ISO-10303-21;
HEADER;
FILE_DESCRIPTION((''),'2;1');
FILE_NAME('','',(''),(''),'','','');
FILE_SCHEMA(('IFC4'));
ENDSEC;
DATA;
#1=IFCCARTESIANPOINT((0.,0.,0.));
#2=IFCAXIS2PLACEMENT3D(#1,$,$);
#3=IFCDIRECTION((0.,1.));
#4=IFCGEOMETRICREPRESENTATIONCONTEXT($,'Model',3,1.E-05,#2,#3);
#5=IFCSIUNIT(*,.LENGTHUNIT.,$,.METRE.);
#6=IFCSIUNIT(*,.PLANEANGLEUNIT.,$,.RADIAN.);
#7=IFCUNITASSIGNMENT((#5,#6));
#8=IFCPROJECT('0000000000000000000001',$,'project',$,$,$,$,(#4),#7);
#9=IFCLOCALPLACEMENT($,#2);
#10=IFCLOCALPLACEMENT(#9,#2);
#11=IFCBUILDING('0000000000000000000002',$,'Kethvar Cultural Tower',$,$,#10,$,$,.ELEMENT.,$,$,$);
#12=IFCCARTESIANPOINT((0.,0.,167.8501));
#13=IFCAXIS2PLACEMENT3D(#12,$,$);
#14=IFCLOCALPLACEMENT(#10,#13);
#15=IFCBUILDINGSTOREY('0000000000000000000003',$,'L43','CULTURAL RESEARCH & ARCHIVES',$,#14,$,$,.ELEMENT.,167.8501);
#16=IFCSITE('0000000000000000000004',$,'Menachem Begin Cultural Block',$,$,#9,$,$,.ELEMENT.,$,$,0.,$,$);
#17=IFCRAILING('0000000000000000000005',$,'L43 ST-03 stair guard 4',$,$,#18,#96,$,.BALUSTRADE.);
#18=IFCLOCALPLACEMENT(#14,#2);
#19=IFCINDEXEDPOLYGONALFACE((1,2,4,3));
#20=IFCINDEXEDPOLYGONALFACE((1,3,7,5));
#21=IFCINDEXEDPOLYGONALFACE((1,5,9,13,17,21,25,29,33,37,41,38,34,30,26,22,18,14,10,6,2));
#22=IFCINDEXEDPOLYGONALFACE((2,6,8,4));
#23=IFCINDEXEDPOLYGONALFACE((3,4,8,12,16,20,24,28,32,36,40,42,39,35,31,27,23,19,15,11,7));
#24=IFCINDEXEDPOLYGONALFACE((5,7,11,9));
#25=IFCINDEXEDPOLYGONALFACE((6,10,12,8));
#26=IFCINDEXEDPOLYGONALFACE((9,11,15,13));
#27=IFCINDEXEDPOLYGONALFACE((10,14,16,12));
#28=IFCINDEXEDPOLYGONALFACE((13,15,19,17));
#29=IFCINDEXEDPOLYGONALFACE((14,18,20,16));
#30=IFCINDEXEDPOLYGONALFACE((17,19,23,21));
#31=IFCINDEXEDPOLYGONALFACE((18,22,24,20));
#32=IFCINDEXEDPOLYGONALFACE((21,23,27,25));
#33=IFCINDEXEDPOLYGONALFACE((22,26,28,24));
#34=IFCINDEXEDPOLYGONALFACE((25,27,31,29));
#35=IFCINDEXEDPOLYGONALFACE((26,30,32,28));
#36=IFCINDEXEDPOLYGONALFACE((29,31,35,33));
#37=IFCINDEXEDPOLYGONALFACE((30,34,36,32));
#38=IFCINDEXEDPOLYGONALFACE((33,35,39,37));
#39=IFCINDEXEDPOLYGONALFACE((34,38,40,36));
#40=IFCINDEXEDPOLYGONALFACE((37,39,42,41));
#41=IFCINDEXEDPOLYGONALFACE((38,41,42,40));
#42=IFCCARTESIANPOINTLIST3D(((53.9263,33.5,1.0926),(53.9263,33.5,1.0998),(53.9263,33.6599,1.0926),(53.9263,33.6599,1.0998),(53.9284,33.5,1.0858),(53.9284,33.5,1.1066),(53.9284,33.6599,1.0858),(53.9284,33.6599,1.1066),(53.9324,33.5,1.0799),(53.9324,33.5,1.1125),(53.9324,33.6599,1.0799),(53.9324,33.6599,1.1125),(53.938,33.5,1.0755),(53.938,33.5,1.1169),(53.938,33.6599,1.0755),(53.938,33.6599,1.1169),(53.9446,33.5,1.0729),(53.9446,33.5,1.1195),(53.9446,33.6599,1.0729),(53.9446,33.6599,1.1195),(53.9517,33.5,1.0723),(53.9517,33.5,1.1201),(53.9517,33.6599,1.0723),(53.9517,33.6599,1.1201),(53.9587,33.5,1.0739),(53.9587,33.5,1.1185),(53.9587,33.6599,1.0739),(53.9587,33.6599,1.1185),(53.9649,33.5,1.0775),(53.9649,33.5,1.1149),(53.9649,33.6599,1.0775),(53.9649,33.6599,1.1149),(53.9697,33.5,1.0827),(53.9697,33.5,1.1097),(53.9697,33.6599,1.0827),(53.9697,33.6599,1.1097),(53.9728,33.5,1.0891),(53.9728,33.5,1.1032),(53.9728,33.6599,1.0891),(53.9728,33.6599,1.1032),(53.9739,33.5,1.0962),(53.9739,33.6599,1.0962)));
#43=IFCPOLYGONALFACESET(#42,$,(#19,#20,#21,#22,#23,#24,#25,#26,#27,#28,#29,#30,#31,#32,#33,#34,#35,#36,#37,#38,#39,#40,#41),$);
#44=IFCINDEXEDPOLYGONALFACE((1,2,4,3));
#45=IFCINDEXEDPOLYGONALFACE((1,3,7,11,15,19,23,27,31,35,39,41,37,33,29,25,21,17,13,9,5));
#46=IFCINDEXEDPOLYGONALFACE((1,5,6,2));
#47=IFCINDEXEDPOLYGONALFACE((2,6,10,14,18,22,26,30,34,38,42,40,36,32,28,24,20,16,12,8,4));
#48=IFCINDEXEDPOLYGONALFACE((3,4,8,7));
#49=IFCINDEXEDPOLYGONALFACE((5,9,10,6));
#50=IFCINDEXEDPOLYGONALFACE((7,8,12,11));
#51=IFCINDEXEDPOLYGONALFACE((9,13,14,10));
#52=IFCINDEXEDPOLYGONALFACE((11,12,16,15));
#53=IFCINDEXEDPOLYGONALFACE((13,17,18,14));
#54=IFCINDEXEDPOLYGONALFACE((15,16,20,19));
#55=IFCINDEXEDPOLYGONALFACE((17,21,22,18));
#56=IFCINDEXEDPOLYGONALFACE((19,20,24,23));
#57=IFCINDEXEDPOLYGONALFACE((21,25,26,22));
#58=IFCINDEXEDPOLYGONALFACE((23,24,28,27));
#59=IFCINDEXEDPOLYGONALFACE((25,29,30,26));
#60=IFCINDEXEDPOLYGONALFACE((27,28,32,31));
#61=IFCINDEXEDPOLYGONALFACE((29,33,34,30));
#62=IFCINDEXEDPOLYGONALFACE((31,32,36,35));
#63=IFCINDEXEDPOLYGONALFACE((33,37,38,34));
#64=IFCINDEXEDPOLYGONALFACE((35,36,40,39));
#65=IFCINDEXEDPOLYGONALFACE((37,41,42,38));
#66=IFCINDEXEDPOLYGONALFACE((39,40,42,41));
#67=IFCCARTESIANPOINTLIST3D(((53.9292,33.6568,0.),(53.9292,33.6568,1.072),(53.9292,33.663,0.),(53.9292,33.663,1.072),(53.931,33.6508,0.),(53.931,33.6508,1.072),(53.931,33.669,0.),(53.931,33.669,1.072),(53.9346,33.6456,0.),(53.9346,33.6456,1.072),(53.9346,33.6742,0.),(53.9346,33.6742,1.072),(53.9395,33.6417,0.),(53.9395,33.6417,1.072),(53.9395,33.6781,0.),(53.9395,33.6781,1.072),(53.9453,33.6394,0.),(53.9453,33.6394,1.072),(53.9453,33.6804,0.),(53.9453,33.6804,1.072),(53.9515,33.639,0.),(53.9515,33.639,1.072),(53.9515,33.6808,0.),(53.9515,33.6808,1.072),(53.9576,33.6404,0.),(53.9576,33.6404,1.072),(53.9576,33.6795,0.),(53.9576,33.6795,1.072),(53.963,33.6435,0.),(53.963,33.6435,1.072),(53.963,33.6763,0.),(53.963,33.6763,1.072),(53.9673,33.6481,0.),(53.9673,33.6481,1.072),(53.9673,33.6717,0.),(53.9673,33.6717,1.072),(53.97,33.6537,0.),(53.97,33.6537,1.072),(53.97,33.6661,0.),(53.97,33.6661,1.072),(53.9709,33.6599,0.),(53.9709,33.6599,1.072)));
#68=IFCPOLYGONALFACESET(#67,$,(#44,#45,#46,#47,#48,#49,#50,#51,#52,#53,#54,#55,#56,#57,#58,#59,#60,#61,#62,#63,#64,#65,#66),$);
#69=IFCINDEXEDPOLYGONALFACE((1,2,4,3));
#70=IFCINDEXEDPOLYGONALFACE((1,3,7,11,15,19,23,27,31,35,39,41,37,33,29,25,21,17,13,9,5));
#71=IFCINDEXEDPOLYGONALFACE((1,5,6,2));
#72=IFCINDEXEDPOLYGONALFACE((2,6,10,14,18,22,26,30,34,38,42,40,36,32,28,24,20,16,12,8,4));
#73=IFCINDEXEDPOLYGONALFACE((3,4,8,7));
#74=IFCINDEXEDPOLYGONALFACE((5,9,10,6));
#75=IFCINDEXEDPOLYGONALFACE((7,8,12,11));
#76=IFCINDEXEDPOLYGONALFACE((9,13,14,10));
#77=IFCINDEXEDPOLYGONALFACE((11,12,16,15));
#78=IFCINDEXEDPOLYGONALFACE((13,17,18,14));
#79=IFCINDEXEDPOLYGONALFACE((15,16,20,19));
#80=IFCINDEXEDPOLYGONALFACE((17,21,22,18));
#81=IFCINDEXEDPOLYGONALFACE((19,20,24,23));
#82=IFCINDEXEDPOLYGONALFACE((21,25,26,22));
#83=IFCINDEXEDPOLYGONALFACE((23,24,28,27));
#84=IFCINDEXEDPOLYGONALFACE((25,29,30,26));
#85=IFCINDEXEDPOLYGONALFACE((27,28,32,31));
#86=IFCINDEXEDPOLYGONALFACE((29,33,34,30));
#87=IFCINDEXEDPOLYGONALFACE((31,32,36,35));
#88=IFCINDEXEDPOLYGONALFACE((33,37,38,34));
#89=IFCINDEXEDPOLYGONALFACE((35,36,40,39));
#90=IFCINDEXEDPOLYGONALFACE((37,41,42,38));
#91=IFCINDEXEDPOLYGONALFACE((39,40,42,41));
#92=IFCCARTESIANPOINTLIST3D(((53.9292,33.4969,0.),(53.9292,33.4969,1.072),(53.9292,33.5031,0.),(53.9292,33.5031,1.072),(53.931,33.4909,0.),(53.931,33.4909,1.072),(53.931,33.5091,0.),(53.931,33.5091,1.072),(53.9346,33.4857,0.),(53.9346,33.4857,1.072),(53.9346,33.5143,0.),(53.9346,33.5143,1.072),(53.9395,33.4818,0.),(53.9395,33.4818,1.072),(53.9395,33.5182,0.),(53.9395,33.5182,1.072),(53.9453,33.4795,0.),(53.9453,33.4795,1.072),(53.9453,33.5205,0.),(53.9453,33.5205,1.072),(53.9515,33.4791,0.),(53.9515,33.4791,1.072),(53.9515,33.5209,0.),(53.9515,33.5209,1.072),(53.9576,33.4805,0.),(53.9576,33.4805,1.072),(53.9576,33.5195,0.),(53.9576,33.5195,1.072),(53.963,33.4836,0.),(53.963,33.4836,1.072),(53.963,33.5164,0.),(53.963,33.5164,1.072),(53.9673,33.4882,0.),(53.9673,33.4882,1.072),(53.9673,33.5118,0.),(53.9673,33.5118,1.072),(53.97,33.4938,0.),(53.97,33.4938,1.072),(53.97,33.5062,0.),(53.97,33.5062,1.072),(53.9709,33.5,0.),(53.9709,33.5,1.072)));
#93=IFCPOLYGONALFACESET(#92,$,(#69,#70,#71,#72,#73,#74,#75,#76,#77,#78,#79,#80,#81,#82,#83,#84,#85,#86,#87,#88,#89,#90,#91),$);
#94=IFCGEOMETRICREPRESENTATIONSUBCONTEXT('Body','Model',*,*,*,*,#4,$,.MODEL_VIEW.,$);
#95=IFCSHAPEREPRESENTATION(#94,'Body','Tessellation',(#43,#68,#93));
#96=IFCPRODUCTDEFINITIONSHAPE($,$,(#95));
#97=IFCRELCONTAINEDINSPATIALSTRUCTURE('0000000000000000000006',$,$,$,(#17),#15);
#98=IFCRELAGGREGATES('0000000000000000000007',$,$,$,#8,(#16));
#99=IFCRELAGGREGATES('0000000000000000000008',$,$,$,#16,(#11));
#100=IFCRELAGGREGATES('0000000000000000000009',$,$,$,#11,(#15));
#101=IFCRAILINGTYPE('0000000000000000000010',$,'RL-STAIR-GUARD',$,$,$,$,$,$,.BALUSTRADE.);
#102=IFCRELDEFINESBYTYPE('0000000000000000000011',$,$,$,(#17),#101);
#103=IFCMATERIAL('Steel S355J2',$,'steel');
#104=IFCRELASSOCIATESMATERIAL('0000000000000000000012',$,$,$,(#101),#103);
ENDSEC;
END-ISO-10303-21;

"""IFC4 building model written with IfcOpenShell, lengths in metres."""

from ifc_helpers import new_model, si_unit, direction, frame, origin, origin_2d, place, context, subcontext, project, spatial, circle, extrude, material, type_object, element, save


model = new_model("IFC4")

# Units and contexts
model_context = context("Model", 3, precision=1e-05, world=origin(), true_north=direction((0.0, 1.0)))
body_context = subcontext(model_context, "Body", "Model", "MODEL_VIEW")
ifc_project = project(units=[si_unit("LENGTHUNIT", "METRE"), si_unit("PLANEANGLEUNIT", "RADIAN")], contexts=[model_context])

# Site, building, storey
site_placement = place(None, origin())
site = spatial("IfcSite", under=ifc_project, at=site_placement, Name="Menachem Begin Cultural Block", CompositionType="ELEMENT", RefElevation=0.0)
building_placement = place(site_placement, origin())
building = spatial("IfcBuilding", under=site, at=building_placement, Name="Kethvar Cultural Tower", CompositionType="ELEMENT")
storey_placement = place(building_placement, frame((0.0, 0.0, 167.8501)))
storey = spatial("IfcBuildingStorey", under=building, at=storey_placement, Name="L43", Description="CULTURAL RESEARCH & ARCHIVES", CompositionType="ELEMENT", Elevation=167.8501)

# Shared definitions
ifc_material_1 = material(Name="Steel S355J2", Category="steel")

# Railing
railing_type_1 = type_object("IfcRailingType", Name="RL-STAIR-GUARD", PredefinedType="BALUSTRADE", material=ifc_material_1)
railing_1_placement = place(storey_placement, frame((53.95, 33.6599, 0.0)))
element("IfcRailing", 1, at=railing_1_placement, inside=storey, type_object=railing_type_1, Name="L43 ST-03 stair guard 4", PredefinedType="BALUSTRADE", context=body_context, shape_type="SweptSolid", body=[
    extrude(circle(Radius=0.0239, at=origin_2d()), frame((0.0, 0.0, 1.0962), z_axis=(0.0, -1.0, 0.0), x_axis=(1.0, 0.0, 0.0)), (0.0, 0.0, 1.0), 0.1599),
    extrude(circle(Radius=0.021, at=origin_2d()), origin(), (0.0, 0.0, 1.0), 1.072),
    extrude(circle(Radius=0.021, at=origin_2d()), frame((0.0, -0.1599, 0.0)), (0.0, 0.0, 1.0), 1.072),
])

save(model, "model.ifc")
